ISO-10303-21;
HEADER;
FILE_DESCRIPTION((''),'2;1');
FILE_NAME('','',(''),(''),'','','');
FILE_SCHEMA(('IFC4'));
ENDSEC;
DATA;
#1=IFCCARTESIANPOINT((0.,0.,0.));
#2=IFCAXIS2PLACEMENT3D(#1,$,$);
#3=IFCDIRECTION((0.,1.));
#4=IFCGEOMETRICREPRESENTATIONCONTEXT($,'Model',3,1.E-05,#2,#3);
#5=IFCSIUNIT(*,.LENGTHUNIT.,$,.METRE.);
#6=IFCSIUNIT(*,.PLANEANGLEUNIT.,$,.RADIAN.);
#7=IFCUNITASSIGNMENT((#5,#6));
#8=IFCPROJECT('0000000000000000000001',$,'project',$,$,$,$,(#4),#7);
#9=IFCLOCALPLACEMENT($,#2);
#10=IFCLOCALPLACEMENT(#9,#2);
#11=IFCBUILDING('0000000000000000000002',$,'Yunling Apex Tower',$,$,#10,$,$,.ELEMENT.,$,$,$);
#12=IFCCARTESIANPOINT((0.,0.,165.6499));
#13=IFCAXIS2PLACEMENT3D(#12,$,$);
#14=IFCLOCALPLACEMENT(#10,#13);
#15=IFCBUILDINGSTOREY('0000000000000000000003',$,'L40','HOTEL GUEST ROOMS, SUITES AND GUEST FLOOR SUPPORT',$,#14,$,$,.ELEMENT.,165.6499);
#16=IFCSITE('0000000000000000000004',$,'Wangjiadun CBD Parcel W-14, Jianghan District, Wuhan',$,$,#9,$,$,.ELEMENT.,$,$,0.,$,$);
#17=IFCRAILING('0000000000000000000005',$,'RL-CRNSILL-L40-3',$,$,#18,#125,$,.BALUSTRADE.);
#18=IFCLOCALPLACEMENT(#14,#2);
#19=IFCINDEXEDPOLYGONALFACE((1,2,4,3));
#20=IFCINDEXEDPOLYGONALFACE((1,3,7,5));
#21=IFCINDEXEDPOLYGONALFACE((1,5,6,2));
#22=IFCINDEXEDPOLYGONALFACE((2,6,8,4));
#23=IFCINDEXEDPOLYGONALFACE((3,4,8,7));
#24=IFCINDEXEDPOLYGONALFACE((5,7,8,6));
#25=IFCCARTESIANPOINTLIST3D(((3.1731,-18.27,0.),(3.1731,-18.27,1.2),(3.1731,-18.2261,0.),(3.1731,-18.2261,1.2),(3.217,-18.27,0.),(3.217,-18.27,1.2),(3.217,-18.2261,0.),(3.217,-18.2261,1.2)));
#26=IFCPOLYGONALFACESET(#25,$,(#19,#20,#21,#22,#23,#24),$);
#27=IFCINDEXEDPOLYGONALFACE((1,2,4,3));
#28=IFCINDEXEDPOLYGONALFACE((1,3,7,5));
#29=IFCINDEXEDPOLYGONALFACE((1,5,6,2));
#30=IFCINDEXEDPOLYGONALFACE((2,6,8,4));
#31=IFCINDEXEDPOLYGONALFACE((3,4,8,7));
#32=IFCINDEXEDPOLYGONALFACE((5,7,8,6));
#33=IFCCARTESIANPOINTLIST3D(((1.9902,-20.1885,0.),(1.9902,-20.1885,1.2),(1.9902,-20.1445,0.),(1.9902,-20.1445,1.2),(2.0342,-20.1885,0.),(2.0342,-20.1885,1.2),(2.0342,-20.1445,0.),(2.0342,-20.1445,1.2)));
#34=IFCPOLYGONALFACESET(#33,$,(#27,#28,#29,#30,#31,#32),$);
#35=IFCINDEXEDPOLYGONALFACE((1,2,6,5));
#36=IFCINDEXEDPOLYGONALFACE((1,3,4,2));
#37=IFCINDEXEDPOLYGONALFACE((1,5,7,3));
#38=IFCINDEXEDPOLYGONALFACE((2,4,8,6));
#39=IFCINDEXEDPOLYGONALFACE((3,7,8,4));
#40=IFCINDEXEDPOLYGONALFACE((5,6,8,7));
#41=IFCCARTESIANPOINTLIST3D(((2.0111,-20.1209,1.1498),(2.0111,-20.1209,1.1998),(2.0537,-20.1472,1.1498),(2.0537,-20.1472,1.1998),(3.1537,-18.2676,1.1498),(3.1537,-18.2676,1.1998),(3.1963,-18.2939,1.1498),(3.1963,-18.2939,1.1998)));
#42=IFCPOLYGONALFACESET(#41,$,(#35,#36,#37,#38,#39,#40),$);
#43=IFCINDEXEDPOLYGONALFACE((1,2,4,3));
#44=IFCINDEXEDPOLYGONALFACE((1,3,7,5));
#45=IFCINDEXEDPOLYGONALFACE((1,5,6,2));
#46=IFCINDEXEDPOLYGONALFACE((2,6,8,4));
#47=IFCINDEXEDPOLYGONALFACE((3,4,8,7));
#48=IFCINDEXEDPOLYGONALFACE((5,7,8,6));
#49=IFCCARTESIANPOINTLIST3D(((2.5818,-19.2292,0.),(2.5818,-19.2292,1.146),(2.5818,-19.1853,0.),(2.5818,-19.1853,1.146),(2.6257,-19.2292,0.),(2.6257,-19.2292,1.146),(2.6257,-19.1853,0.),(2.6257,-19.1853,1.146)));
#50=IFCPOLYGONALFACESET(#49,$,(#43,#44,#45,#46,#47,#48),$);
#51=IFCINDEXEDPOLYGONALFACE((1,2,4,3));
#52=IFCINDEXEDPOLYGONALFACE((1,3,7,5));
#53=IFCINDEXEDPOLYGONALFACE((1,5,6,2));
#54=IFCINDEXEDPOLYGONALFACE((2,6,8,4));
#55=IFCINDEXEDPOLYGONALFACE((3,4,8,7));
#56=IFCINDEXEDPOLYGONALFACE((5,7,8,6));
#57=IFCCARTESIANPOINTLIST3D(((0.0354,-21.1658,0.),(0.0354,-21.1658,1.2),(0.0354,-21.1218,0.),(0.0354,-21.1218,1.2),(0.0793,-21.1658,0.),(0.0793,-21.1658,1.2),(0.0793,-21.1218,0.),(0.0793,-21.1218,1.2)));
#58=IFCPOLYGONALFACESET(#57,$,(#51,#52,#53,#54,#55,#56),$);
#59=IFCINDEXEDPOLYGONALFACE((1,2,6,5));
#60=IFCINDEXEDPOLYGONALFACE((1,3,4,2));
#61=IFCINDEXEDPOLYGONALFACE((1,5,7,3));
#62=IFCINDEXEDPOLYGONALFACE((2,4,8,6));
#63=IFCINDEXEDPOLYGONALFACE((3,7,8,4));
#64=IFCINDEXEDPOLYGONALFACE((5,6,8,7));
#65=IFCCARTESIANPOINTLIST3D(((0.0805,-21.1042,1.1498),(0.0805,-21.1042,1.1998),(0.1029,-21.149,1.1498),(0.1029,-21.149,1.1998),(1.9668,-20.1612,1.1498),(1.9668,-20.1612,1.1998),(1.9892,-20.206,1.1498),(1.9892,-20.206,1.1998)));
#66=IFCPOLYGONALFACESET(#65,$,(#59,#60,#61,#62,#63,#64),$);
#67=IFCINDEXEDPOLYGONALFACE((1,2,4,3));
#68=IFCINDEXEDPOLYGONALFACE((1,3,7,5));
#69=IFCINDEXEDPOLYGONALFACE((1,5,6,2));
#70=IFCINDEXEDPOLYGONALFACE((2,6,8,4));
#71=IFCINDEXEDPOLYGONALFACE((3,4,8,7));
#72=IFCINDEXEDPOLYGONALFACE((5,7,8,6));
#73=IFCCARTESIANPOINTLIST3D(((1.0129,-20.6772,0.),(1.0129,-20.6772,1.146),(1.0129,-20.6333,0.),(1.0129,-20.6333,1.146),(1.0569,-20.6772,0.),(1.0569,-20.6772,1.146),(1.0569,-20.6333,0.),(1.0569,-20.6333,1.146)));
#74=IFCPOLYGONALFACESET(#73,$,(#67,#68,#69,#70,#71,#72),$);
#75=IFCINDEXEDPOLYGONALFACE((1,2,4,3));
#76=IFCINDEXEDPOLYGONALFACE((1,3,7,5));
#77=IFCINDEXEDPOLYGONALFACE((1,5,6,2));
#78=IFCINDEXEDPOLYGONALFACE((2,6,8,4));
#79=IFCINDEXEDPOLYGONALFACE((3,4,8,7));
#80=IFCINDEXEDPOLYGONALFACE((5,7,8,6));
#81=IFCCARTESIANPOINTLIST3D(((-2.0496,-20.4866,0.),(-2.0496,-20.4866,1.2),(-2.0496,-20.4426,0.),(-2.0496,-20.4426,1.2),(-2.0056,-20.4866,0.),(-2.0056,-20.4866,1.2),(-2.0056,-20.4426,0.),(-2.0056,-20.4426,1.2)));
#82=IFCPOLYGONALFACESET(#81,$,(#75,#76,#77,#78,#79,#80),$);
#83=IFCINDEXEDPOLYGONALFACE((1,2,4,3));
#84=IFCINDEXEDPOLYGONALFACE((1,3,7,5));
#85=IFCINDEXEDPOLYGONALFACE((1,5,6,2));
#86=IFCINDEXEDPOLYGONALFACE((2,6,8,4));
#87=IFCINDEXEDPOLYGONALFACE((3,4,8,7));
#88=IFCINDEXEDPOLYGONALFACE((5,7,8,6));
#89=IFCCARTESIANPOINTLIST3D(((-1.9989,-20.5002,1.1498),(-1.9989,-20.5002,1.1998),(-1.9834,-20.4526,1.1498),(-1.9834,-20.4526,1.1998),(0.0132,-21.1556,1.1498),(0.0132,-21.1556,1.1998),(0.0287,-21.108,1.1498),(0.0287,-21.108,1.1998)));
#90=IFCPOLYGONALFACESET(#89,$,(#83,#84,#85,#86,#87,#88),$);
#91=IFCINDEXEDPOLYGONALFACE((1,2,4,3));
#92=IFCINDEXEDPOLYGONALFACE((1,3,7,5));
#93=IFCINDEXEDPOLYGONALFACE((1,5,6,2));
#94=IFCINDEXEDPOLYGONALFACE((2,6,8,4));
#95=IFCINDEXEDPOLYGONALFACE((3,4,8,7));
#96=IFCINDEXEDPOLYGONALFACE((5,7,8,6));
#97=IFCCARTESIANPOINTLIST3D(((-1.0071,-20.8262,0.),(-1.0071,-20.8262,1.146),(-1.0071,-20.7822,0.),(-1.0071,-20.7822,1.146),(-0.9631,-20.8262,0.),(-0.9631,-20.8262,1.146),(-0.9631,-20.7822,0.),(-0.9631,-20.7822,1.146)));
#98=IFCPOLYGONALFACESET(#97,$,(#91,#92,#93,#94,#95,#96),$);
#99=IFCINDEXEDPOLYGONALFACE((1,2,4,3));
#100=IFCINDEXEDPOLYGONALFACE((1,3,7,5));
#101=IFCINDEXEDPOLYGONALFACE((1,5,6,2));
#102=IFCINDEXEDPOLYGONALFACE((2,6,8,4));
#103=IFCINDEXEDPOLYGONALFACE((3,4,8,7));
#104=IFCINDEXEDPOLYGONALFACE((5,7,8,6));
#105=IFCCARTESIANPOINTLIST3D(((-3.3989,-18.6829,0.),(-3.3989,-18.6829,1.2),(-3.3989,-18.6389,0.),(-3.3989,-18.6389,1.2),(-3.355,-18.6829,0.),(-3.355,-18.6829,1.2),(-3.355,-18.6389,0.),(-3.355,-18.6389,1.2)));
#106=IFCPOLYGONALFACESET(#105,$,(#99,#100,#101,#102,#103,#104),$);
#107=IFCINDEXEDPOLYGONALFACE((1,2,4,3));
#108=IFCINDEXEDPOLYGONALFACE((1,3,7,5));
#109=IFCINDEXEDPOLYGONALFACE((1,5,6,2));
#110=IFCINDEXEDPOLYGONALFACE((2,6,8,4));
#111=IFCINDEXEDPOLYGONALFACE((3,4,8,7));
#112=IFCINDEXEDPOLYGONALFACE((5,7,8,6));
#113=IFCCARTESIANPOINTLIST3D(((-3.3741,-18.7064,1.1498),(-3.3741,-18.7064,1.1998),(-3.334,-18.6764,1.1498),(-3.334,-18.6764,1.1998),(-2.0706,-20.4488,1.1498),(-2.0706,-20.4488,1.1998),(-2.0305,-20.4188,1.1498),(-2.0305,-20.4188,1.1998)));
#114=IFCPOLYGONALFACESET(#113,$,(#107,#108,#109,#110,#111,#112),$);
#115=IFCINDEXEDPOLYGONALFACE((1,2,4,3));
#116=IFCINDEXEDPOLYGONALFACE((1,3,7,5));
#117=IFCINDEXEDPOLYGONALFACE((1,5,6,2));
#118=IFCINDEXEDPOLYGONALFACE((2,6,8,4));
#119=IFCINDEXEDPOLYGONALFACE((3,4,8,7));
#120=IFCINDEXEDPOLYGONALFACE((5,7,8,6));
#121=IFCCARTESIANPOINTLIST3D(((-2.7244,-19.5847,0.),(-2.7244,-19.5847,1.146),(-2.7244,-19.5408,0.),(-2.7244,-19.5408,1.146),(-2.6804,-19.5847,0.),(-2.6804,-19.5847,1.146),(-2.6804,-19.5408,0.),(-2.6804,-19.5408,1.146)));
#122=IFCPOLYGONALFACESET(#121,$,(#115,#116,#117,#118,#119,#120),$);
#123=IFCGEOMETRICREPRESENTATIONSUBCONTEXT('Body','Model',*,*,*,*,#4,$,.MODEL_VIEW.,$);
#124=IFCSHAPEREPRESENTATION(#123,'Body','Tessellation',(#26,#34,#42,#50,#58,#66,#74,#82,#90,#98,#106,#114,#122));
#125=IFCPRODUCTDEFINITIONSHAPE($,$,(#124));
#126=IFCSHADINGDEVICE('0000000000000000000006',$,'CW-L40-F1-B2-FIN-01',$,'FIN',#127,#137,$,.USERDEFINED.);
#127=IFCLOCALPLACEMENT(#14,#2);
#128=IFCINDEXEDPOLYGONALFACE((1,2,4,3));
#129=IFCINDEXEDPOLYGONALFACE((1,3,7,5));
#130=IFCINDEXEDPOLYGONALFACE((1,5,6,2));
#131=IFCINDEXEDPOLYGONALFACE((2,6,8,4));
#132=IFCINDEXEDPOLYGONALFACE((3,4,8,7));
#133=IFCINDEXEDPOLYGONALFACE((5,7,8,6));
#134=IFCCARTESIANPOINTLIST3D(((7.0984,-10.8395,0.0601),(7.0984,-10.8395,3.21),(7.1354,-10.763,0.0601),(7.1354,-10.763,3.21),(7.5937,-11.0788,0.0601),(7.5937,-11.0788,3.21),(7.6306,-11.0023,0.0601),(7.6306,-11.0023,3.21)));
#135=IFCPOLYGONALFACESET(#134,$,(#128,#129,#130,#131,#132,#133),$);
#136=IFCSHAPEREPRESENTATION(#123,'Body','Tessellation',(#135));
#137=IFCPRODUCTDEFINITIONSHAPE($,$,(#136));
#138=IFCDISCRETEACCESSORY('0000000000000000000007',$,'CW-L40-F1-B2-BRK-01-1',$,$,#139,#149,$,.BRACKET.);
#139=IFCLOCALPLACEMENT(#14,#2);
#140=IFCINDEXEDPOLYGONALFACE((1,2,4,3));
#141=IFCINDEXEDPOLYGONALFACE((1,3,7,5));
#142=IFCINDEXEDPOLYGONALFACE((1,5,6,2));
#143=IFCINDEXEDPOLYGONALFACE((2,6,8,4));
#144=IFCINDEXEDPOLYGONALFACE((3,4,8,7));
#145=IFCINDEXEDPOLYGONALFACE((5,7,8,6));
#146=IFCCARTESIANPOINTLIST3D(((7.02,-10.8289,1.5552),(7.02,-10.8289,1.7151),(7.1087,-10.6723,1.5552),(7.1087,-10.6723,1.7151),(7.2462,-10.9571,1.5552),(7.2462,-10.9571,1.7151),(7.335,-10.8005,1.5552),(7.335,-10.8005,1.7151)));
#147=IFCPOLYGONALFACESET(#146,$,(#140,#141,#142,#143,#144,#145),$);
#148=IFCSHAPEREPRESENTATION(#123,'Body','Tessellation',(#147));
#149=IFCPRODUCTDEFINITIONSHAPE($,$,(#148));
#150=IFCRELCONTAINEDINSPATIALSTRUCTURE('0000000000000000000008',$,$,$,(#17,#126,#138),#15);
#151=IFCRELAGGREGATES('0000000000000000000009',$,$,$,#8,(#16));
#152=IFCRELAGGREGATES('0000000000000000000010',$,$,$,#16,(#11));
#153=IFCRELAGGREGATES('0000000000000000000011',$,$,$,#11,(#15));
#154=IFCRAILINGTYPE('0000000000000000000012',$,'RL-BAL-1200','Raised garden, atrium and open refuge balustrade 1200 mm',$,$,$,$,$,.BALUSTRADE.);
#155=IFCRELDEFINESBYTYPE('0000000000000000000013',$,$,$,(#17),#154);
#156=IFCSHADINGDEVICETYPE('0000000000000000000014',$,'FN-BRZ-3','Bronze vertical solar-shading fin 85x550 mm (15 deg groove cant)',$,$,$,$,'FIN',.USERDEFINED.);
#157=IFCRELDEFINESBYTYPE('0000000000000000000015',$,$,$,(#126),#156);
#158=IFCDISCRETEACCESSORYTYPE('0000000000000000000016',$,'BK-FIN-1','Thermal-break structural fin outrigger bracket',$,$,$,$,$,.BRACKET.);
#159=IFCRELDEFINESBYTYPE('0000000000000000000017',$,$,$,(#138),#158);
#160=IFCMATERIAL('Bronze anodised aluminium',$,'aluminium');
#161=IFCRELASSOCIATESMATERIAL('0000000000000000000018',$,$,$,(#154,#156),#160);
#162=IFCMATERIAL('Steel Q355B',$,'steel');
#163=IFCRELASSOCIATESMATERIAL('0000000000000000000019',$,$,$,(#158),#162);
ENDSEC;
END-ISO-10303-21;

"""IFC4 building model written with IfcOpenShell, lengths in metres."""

from ifc_helpers import new_model, si_unit, direction, frame, origin, origin_2d, place, context, subcontext, project, spatial, rectangle, extrude, source, transform, mapped, material, material_profile, profile_set, type_object, element, save


model = new_model("IFC4")

# Units and contexts
model_context = context("Model", 3, precision=1e-05, world=origin(), true_north=direction((0.0, 1.0)))
body_context = subcontext(model_context, "Body", "Model", "MODEL_VIEW")
ifc_project = project(units=[si_unit("LENGTHUNIT", "METRE"), si_unit("PLANEANGLEUNIT", "RADIAN")], contexts=[model_context])

# Site, building, storey
site_placement = place(None, origin())
site = spatial("IfcSite", under=ifc_project, at=site_placement, Name="Wangjiadun CBD Parcel W-14, Jianghan District, Wuhan", CompositionType="ELEMENT", RefElevation=0.0)
building_placement = place(site_placement, origin())
building = spatial("IfcBuilding", under=site, at=building_placement, Name="Yunling Apex Tower", CompositionType="ELEMENT")
storey_placement = place(building_placement, frame((0.0, 0.0, 165.6499)))
storey = spatial("IfcBuildingStorey", under=building, at=storey_placement, Name="L40", Description="HOTEL GUEST ROOMS, SUITES AND GUEST FLOOR SUPPORT", CompositionType="ELEMENT", Elevation=165.6499)

# Shared definitions
ifc_material_1 = material(Name="Steel Q355B", Category="steel")

# Shared definitions
ifc_material_2 = material(Name="Bronze anodised aluminium", Category="aluminium")

# Railing
railing_type = type_object("IfcRailingType", Name="RL-BAL-1200", Description="Raised garden, atrium and open refuge balustrade 1200 mm", PredefinedType="BALUSTRADE", material=ifc_material_2)
railing_placement = place(storey_placement, frame((3.1951, -18.248, 0.0)))
element("IfcRailing", 1, at=railing_placement, inside=storey, type_object=railing_type, Name="RL-CRNSILL-L40-3", PredefinedType="BALUSTRADE", context=body_context, shape_type="SweptSolid", body=[
    extrude(rectangle(XDim=0.0439, YDim=0.0439, at=origin_2d()), origin(), (0.0, 0.0, 1.0), 1.2),
    extrude(rectangle(XDim=0.0439, YDim=0.0439, at=origin_2d()), frame((-1.1829, -1.9185, 0.0)), (0.0, 0.0, 1.0), 1.2),
    extrude(rectangle(XDim=0.05, YDim=0.05, at=origin_2d()), frame((-0.02, -0.0327, 1.1748), z_axis=(-0.524829, -0.851208, 0.0), x_axis=(0.851208, -0.524829, 0.0)), (0.0, 0.0, 1.0), 2.1772),
    extrude(rectangle(XDim=0.0439, YDim=0.0439, at=origin_2d()), frame((-0.5913, -0.9592, 0.0)), (0.0, 0.0, 1.0), 1.146),
    extrude(rectangle(XDim=0.0439, YDim=0.0439, at=origin_2d()), frame((-3.1377, -2.8958, 0.0)), (0.0, 0.0, 1.0), 1.2),
    extrude(rectangle(XDim=0.05, YDim=0.05, at=origin_2d()), frame((-1.217, -1.9355, 1.1748), z_axis=(-0.89445, -0.447169, 0.0), x_axis=(0.447169, -0.89445, 0.0)), (0.0, 0.0, 1.0), 2.1089),
    extrude(rectangle(XDim=0.0439, YDim=0.0439, at=origin_2d()), frame((-2.1602, -2.4072, 0.0)), (0.0, 0.0, 1.0), 1.146),
    extrude(rectangle(XDim=0.0439, YDim=0.0439, at=origin_2d()), frame((-5.2227, -2.2166, 0.0)), (0.0, 0.0, 1.0), 1.2),
    extrude(rectangle(XDim=0.05, YDim=0.05, at=origin_2d()), frame((-3.1741, -2.8838, 1.1748), z_axis=(-0.950821, 0.309741, 0.0), x_axis=(-0.309741, -0.950821, 0.0)), (0.0, 0.0, 1.0), 2.1162),
    extrude(rectangle(XDim=0.0439, YDim=0.0439, at=origin_2d()), frame((-4.1802, -2.5562, 0.0)), (0.0, 0.0, 1.0), 1.146),
    extrude(rectangle(XDim=0.0439, YDim=0.0439, at=origin_2d()), frame((-6.572, -0.4128, 0.0)), (0.0, 0.0, 1.0), 1.2),
    extrude(rectangle(XDim=0.05, YDim=0.05, at=origin_2d()), frame((-5.2456, -2.1858, 1.1748), z_axis=(-0.599028, 0.800728, 0.0), x_axis=(-0.800728, -0.599028, 0.0)), (0.0, 0.0, 1.0), 2.176),
    extrude(rectangle(XDim=0.0439, YDim=0.0439, at=origin_2d()), frame((-5.8975, -1.3147, 0.0)), (0.0, 0.0, 1.0), 1.146),
])

# Shading device
ifc_material_profile_1 = material_profile(ifc_material_2, rectangle(XDim=0.085, YDim=0.55, at=origin_2d()))
ifc_profile_set_1 = profile_set([ifc_material_profile_1], Name="Bronze anodised aluminium")
shading_device_type = type_object("IfcShadingDeviceType", Name="FN-BRZ-3", Description="Bronze vertical solar-shading fin 85x550 mm (15 deg groove cant)", ElementType="FIN", PredefinedType="USERDEFINED", material=ifc_profile_set_1)
shared_shape_1 = source(origin(), body_context, "Body", "SweptSolid", [
    extrude(rectangle(XDim=0.085, YDim=0.55, at=origin_2d()), origin(), (0.0, 0.0, 1.0), 3.1499),
])
shading_device_placement = place(storey_placement, frame((7.3645, -10.9209, 0.0601), z_axis=(0.0, 0.0, 1.0), x_axis=(0.435074, 0.900395, 0.0)))
element("IfcShadingDevice", 2, at=shading_device_placement, inside=storey, type_object=shading_device_type, Name="CW-L40-F1-B2-FIN-01", ObjectType="FIN", PredefinedType="USERDEFINED", context=body_context, shape_type="MappedRepresentation", body=[
    mapped(shared_shape_1, transform((0.0, 0.0, 0.0), scale=1.0)),
])

# Discrete accessory
discrete_accessory_type = type_object("IfcDiscreteAccessoryType", Name="BK-FIN-1", Description="Thermal-break structural fin outrigger bracket", PredefinedType="BRACKET", material=ifc_material_1)
shared_shape_2 = source(origin(), body_context, "Body", "SweptSolid", [
    extrude(rectangle(XDim=0.1799, YDim=0.26, at=origin_2d()), origin(), (0.0, 0.0, 1.0), 0.1599),
])
discrete_accessory_placement = place(storey_placement, frame((7.1775, -10.8147, 1.5552), z_axis=(0.0, 0.0, 1.0), x_axis=(0.493031, 0.870012, 0.0)))
element("IfcDiscreteAccessory", 3, at=discrete_accessory_placement, inside=storey, type_object=discrete_accessory_type, Name="CW-L40-F1-B2-BRK-01-1", PredefinedType="BRACKET", context=body_context, shape_type="MappedRepresentation", body=[
    mapped(shared_shape_2, transform((0.0, 0.0, 0.0), scale=1.0)),
])

save(model, "model.ifc")
